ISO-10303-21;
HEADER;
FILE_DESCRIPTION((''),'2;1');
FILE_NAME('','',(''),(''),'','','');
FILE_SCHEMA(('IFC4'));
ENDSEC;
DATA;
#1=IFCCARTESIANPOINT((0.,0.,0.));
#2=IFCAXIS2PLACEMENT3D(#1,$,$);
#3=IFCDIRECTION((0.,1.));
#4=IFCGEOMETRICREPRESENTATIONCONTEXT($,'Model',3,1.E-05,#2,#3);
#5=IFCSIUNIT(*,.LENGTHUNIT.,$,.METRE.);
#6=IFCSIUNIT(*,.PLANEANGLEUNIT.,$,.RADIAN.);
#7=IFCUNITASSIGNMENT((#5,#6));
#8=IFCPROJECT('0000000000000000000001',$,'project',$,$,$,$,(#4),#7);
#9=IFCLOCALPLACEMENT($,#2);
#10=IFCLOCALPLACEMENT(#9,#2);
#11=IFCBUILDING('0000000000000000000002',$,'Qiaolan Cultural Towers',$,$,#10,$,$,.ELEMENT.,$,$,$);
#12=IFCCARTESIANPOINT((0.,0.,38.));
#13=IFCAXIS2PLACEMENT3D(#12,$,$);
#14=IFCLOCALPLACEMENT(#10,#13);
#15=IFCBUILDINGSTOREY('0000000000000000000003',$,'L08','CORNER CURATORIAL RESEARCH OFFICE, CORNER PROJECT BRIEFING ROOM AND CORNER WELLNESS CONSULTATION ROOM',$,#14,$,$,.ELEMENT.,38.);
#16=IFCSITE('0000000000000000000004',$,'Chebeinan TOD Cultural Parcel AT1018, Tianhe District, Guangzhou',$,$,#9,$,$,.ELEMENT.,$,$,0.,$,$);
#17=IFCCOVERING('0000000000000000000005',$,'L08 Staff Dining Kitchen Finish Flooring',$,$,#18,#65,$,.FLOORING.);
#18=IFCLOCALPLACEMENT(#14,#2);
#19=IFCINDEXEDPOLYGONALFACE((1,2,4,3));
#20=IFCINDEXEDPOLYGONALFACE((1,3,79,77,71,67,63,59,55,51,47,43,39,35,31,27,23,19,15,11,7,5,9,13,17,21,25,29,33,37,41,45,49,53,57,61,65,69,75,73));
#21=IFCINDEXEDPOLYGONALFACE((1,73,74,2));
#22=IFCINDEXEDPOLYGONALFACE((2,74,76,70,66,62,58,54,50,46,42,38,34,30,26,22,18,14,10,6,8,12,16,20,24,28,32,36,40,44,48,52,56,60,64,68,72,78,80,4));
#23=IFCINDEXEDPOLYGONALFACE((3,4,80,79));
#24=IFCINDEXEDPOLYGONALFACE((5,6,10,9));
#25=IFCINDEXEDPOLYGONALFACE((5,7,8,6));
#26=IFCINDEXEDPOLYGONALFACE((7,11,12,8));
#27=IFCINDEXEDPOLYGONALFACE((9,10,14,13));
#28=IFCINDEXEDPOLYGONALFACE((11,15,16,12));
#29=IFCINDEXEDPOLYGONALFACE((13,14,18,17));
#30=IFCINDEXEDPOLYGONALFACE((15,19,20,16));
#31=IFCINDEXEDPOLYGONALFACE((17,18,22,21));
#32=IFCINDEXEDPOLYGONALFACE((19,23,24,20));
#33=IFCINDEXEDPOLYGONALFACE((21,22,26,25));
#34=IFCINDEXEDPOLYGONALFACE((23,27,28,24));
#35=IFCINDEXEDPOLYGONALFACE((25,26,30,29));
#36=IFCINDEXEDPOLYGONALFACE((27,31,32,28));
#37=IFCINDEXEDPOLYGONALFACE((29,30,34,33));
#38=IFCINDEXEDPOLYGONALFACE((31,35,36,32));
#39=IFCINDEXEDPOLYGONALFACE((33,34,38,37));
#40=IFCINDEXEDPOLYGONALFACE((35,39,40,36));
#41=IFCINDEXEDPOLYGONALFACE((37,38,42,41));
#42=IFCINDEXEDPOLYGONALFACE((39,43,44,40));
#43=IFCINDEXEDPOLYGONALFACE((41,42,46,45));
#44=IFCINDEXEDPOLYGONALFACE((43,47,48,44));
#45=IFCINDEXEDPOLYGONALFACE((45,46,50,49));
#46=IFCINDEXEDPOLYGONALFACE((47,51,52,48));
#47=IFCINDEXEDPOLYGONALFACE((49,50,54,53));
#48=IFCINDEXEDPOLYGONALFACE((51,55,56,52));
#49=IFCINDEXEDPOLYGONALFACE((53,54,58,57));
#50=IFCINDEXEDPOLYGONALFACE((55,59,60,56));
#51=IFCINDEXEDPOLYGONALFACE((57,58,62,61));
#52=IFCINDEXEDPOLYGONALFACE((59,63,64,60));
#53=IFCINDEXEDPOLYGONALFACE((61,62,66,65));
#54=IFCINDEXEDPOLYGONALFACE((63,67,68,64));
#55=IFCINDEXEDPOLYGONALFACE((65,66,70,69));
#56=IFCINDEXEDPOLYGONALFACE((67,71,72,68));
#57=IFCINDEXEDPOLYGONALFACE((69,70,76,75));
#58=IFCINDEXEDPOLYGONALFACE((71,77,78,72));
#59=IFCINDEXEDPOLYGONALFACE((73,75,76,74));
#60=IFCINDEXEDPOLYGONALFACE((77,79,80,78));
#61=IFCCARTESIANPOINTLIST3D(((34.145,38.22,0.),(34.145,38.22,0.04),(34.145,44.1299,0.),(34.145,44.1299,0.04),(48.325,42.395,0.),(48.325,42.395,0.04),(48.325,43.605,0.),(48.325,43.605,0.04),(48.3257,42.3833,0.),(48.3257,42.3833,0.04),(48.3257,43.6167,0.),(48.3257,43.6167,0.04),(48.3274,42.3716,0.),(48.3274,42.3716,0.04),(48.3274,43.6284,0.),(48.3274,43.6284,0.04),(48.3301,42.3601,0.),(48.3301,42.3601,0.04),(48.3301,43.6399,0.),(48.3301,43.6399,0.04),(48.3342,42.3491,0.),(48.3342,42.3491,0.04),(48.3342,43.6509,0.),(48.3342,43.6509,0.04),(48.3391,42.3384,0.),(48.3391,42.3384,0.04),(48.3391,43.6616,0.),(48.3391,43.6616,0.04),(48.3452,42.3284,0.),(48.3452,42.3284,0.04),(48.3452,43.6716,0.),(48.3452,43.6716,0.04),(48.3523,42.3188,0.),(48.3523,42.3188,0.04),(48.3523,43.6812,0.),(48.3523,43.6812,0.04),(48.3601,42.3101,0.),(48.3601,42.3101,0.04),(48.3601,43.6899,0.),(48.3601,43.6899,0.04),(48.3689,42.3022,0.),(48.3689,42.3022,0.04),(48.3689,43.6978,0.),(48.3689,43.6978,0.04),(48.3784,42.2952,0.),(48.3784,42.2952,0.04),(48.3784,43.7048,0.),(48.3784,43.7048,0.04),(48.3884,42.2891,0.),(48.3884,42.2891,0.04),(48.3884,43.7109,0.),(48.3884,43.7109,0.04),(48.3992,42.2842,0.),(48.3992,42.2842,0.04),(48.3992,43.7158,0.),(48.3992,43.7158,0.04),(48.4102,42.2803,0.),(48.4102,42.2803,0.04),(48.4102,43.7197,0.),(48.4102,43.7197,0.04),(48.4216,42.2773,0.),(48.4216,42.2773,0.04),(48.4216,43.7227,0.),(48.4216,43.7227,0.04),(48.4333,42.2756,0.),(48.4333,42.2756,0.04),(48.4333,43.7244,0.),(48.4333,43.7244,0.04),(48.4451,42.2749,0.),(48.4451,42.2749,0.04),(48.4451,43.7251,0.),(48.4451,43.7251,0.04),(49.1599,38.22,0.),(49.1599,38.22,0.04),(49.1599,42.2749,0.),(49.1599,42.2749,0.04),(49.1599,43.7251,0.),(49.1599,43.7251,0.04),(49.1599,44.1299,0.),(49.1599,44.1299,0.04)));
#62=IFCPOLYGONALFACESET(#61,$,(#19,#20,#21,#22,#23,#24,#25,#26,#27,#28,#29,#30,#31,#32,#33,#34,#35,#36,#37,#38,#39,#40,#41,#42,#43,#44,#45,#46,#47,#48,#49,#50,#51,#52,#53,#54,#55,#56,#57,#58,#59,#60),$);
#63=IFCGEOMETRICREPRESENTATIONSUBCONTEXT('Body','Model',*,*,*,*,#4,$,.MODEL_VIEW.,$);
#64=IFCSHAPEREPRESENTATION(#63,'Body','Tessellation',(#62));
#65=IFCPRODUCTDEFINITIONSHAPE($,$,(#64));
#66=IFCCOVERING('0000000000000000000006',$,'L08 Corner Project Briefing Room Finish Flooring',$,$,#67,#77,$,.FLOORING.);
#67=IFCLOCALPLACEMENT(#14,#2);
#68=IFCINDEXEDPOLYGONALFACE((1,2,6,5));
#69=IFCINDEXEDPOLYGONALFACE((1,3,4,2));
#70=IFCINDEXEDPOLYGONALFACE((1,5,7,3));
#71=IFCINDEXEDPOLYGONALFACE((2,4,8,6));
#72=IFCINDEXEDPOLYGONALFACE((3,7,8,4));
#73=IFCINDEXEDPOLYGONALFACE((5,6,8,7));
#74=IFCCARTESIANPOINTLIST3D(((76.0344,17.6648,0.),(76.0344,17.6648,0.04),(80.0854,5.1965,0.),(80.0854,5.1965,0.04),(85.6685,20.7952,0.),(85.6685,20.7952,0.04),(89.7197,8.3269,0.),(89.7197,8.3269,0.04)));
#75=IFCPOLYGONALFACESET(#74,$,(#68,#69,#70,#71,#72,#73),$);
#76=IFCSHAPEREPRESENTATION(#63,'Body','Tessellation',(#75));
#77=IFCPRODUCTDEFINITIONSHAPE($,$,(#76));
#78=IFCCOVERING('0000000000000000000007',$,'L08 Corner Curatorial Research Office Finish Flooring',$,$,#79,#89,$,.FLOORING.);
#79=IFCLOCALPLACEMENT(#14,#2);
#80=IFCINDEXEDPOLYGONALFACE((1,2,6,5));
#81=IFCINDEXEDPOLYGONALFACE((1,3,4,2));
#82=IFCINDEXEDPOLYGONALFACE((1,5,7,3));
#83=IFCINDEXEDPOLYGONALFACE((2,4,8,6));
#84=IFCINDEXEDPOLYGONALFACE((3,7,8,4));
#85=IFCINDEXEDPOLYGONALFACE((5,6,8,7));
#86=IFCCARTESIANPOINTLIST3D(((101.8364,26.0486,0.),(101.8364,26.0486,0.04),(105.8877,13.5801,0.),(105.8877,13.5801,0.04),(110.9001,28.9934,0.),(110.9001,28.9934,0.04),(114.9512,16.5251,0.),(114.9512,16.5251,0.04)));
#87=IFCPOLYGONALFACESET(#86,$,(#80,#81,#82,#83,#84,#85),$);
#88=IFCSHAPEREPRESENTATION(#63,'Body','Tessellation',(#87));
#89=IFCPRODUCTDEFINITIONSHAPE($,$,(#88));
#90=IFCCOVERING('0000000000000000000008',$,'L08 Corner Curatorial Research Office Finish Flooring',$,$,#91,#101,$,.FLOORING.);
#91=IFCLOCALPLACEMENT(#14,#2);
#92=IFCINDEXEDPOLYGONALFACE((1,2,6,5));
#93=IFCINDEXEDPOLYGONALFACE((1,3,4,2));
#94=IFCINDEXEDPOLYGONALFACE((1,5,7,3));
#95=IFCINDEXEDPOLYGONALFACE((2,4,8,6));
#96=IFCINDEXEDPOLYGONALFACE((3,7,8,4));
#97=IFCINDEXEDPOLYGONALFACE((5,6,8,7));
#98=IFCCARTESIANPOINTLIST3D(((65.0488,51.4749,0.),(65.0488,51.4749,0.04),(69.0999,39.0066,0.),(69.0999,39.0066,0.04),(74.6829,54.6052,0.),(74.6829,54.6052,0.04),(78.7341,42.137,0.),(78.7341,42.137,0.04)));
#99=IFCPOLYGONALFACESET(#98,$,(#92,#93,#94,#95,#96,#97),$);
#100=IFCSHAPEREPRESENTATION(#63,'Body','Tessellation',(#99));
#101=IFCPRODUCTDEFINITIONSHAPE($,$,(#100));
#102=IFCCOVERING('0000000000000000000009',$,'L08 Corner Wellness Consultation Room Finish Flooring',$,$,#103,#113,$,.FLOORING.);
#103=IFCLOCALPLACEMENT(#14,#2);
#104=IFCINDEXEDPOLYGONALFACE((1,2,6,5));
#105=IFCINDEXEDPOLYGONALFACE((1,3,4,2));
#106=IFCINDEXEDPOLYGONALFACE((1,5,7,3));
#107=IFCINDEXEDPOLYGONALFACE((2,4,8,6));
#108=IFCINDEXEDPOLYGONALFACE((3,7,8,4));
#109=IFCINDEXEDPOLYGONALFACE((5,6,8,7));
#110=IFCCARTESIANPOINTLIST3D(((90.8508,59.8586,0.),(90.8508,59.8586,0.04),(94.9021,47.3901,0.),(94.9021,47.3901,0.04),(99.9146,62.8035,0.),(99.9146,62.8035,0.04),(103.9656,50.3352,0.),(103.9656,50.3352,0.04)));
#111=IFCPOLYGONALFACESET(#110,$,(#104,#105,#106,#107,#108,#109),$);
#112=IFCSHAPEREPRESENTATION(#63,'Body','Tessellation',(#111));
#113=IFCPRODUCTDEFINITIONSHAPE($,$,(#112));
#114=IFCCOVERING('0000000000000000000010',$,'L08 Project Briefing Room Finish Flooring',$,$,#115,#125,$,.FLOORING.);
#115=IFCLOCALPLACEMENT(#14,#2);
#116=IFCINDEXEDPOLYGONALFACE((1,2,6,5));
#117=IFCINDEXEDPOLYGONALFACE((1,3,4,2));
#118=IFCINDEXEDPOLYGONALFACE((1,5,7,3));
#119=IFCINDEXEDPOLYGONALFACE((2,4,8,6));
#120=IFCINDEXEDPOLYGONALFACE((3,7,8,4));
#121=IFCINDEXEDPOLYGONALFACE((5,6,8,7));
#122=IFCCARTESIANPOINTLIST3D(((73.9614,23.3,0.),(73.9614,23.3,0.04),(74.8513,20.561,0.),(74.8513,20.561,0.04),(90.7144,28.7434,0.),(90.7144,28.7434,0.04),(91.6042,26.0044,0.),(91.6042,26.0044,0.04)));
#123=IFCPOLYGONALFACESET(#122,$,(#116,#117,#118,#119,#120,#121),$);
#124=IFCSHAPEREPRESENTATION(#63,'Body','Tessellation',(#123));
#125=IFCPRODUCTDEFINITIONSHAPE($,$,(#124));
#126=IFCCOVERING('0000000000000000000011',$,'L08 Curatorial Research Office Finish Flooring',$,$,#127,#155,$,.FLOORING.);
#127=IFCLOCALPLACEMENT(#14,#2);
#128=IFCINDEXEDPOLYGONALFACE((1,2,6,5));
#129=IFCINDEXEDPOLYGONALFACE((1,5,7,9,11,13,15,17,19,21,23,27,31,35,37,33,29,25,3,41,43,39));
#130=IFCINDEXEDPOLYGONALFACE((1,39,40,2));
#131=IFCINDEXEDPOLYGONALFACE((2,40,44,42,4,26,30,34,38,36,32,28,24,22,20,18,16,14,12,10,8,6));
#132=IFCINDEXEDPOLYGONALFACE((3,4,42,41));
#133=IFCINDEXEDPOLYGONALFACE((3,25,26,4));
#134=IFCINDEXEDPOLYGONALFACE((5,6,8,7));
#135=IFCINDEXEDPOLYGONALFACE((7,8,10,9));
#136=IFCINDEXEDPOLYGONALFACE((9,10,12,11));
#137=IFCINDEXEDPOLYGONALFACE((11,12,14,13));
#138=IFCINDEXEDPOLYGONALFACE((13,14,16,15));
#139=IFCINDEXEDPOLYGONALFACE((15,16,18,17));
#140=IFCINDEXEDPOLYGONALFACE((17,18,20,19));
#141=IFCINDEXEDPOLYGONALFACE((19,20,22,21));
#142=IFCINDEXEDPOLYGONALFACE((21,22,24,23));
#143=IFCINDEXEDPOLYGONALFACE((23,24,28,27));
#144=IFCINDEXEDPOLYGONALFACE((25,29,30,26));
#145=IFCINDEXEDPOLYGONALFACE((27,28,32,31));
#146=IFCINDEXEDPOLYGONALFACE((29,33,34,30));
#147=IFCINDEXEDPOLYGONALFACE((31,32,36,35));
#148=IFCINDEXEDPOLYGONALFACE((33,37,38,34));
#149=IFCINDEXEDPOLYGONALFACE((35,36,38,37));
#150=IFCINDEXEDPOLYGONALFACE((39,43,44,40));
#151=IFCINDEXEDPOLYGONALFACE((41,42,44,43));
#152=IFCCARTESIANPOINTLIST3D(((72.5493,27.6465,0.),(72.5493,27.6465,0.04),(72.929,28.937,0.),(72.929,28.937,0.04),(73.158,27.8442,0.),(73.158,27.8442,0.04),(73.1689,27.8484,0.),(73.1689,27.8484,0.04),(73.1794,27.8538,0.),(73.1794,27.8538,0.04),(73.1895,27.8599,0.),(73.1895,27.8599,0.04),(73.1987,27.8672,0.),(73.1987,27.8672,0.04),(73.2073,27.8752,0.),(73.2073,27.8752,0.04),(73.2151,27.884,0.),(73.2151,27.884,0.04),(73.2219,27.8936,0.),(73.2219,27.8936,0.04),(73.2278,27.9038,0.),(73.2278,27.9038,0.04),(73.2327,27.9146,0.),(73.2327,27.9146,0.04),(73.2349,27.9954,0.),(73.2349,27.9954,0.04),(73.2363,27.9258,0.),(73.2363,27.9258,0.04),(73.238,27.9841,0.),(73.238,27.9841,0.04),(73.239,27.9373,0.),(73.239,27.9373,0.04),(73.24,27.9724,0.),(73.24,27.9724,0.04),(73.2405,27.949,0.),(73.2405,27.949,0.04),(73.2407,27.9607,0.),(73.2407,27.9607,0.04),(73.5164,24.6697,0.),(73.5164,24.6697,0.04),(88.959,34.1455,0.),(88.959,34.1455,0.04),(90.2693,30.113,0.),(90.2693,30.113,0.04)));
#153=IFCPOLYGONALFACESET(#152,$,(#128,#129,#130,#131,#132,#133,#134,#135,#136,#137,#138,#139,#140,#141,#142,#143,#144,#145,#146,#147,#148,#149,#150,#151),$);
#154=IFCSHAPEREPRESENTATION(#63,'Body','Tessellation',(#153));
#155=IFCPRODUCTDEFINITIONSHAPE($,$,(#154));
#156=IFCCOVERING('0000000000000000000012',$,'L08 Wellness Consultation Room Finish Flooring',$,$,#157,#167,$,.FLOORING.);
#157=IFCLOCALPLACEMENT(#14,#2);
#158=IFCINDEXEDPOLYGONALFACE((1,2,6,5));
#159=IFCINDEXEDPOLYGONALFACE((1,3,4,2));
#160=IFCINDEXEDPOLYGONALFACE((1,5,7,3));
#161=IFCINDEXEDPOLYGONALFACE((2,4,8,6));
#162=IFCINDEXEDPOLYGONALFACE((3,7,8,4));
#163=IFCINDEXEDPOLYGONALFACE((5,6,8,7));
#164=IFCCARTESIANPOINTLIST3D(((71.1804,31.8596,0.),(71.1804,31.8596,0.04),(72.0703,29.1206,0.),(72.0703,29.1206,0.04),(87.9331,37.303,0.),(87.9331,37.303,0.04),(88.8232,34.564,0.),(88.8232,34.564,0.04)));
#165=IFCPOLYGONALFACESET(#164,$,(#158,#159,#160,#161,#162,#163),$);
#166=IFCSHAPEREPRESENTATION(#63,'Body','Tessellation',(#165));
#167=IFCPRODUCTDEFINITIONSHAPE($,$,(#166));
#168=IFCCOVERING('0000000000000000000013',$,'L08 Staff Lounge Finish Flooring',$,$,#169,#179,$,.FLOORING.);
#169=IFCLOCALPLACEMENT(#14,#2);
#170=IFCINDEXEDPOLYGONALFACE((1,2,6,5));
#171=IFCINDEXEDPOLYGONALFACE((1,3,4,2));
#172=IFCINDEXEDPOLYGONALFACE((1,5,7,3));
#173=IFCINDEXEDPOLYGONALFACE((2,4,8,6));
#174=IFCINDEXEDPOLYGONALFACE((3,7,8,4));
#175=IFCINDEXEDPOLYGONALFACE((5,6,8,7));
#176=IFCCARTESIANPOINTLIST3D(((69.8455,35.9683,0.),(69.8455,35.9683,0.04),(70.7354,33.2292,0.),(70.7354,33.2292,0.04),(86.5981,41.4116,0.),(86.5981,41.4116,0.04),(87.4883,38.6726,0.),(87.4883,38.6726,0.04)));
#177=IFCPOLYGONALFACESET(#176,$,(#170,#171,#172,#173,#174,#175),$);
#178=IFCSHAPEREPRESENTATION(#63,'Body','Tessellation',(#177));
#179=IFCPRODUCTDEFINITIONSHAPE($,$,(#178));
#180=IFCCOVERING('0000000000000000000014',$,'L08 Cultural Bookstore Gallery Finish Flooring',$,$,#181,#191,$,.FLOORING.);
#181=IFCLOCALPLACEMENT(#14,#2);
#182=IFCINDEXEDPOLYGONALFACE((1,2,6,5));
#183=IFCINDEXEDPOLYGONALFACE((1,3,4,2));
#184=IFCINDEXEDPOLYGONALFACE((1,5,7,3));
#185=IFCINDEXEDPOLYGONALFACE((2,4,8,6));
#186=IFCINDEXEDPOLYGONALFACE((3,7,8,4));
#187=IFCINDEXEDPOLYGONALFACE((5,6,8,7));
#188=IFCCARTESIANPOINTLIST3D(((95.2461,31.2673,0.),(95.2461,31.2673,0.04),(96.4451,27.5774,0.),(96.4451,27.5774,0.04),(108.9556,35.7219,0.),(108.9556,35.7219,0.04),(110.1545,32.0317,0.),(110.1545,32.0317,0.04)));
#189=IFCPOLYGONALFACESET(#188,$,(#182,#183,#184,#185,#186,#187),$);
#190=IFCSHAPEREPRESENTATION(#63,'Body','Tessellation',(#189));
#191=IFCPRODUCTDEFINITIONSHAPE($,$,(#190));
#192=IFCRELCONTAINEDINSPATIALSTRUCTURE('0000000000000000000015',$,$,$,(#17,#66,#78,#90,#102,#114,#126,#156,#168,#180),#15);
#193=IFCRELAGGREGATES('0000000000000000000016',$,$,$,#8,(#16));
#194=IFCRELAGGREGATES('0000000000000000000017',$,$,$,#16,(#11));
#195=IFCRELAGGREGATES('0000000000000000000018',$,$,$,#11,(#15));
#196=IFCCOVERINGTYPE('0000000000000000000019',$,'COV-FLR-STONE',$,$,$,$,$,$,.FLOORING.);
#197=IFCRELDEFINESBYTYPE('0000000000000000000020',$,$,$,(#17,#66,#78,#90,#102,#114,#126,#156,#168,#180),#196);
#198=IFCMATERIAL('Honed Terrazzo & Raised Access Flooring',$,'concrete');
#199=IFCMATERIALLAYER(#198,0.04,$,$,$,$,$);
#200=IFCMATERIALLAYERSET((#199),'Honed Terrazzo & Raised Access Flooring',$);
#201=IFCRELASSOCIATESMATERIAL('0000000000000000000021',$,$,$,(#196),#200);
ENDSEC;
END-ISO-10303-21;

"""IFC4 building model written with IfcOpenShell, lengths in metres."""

from ifc_helpers import new_model, si_unit, direction, frame, origin, place, context, subcontext, project, spatial, polyline, outline, extrude, material, layer, layer_set, type_object, element, save


model = new_model("IFC4")

# Units and contexts
model_context = context("Model", 3, precision=1e-05, world=origin(), true_north=direction((0.0, 1.0)))
body_context = subcontext(model_context, "Body", "Model", "MODEL_VIEW")
ifc_project = project(units=[si_unit("LENGTHUNIT", "METRE"), si_unit("PLANEANGLEUNIT", "RADIAN")], contexts=[model_context])

# Site, building, storey
site_placement = place(None, origin())
site = spatial("IfcSite", under=ifc_project, at=site_placement, Name="Chebeinan TOD Cultural Parcel AT1018, Tianhe District, Guangzhou", CompositionType="ELEMENT", RefElevation=0.0)
building_placement = place(site_placement, origin())
building = spatial("IfcBuilding", under=site, at=building_placement, Name="Qiaolan Cultural Towers", CompositionType="ELEMENT")
storey_placement = place(building_placement, frame((0.0, 0.0, 38.0)))
storey = spatial("IfcBuildingStorey", under=building, at=storey_placement, Name="L08", Description="CORNER CURATORIAL RESEARCH OFFICE, CORNER PROJECT BRIEFING ROOM AND CORNER WELLNESS CONSULTATION ROOM", CompositionType="ELEMENT", Elevation=38.0)

# Coverings
ifc_material_1 = material(Name="Honed Terrazzo & Raised Access Flooring", Category="concrete")
ifc_layer_1 = layer(ifc_material_1, 0.04)
ifc_layer_set_1 = layer_set([ifc_layer_1], Name="Honed Terrazzo & Raised Access Flooring")
covering_type = type_object("IfcCoveringType", Name="COV-FLR-STONE", PredefinedType="FLOORING", material=ifc_layer_set_1)
covering_1_placement = place(storey_placement, origin())
element("IfcCovering", 1, at=covering_1_placement, inside=storey, type_object=covering_type, Name="L08 Staff Dining Kitchen Finish Flooring", PredefinedType="FLOORING", context=body_context, shape_type="SweptSolid", body=[
    extrude(outline(polyline([(49.1599, 42.2749), (48.4451, 42.2749), (48.4333, 42.2756), (48.4216, 42.2773), (48.4102, 42.2803), (48.3992, 42.2842), (48.3884, 42.2891), (48.3784, 42.2952), (48.3689, 42.3022), (48.3601, 42.3101), (48.3523, 42.3188), (48.3452, 42.3284), (48.3391, 42.3384), (48.3342, 42.3491), (48.3301, 42.3601), (48.3274, 42.3716), (48.3257, 42.3833), (48.325, 42.395), (48.325, 43.605), (48.3257, 43.6167), (48.3274, 43.6284), (48.3301, 43.6399), (48.3342, 43.6509), (48.3391, 43.6616), (48.3452, 43.6716), (48.3523, 43.6812), (48.3601, 43.6899), (48.3689, 43.6978), (48.3784, 43.7048), (48.3884, 43.7109), (48.3992, 43.7158), (48.4102, 43.7197), (48.4216, 43.7227), (48.4333, 43.7244), (48.4451, 43.7251), (49.1599, 43.7251), (49.1599, 44.1299), (34.145, 44.1299), (34.145, 38.22), (49.1599, 38.22), (49.1599, 42.2749)])), origin(), (0.0, 0.0, 1.0), 0.04),
])
covering_2_placement = place(storey_placement, origin())
element("IfcCovering", 2, at=covering_2_placement, inside=storey, type_object=covering_type, Name="L08 Corner Project Briefing Room Finish Flooring", PredefinedType="FLOORING", context=body_context, shape_type="SweptSolid", body=[
    extrude(outline(polyline([(89.7197, 8.3269), (85.6685, 20.7952), (76.0344, 17.6648), (80.0854, 5.1965), (89.7197, 8.3269)])), origin(), (0.0, 0.0, 1.0), 0.04),
])
covering_3_placement = place(storey_placement, origin())
element("IfcCovering", 3, at=covering_3_placement, inside=storey, type_object=covering_type, Name="L08 Corner Curatorial Research Office Finish Flooring", PredefinedType="FLOORING", context=body_context, shape_type="SweptSolid", body=[
    extrude(outline(polyline([(114.9512, 16.5251), (110.9001, 28.9934), (101.8364, 26.0486), (105.8877, 13.5801), (114.9512, 16.5251)])), origin(), (0.0, 0.0, 1.0), 0.04),
])
covering_4_placement = place(storey_placement, origin())
element("IfcCovering", 4, at=covering_4_placement, inside=storey, type_object=covering_type, Name="L08 Corner Curatorial Research Office Finish Flooring", PredefinedType="FLOORING", context=body_context, shape_type="SweptSolid", body=[
    extrude(outline(polyline([(78.7341, 42.137), (74.6829, 54.6052), (65.0488, 51.4749), (69.0999, 39.0066), (78.7341, 42.137)])), origin(), (0.0, 0.0, 1.0), 0.04),
])
covering_5_placement = place(storey_placement, origin())
element("IfcCovering", 5, at=covering_5_placement, inside=storey, type_object=covering_type, Name="L08 Corner Wellness Consultation Room Finish Flooring", PredefinedType="FLOORING", context=body_context, shape_type="SweptSolid", body=[
    extrude(outline(polyline([(103.9656, 50.3352), (99.9146, 62.8035), (90.8508, 59.8586), (94.9021, 47.3901), (103.9656, 50.3352)])), origin(), (0.0, 0.0, 1.0), 0.04),
])
covering_6_placement = place(storey_placement, origin())
element("IfcCovering", 6, at=covering_6_placement, inside=storey, type_object=covering_type, Name="L08 Project Briefing Room Finish Flooring", PredefinedType="FLOORING", context=body_context, shape_type="SweptSolid", body=[
    extrude(outline(polyline([(91.6042, 26.0044), (90.7144, 28.7434), (73.9614, 23.3), (74.8513, 20.561), (91.6042, 26.0044)])), origin(), (0.0, 0.0, 1.0), 0.04),
])
covering_7_placement = place(storey_placement, origin())
element("IfcCovering", 7, at=covering_7_placement, inside=storey, type_object=covering_type, Name="L08 Curatorial Research Office Finish Flooring", PredefinedType="FLOORING", context=body_context, shape_type="SweptSolid", body=[
    extrude(outline(polyline([(73.2349, 27.9954), (73.238, 27.9841), (73.24, 27.9724), (73.2407, 27.9607), (73.2405, 27.949), (73.239, 27.9373), (73.2363, 27.9258), (73.2327, 27.9146), (73.2278, 27.9038), (73.2219, 27.8936), (73.2151, 27.884), (73.2073, 27.8752), (73.1987, 27.8672), (73.1895, 27.8599), (73.1794, 27.8538), (73.1689, 27.8484), (73.158, 27.8442), (72.5493, 27.6465), (73.5164, 24.6697), (90.2693, 30.113), (88.959, 34.1455), (72.929, 28.937), (73.2349, 27.9954)])), origin(), (0.0, 0.0, 1.0), 0.04),
])
covering_8_placement = place(storey_placement, origin())
element("IfcCovering", 8, at=covering_8_placement, inside=storey, type_object=covering_type, Name="L08 Wellness Consultation Room Finish Flooring", PredefinedType="FLOORING", context=body_context, shape_type="SweptSolid", body=[
    extrude(outline(polyline([(88.8232, 34.564), (87.9331, 37.303), (71.1804, 31.8596), (72.0703, 29.1206), (88.8232, 34.564)])), origin(), (0.0, 0.0, 1.0), 0.04),
])
covering_9_placement = place(storey_placement, origin())
element("IfcCovering", 9, at=covering_9_placement, inside=storey, type_object=covering_type, Name="L08 Staff Lounge Finish Flooring", PredefinedType="FLOORING", context=body_context, shape_type="SweptSolid", body=[
    extrude(outline(polyline([(87.4883, 38.6726), (86.5981, 41.4116), (69.8455, 35.9683), (70.7354, 33.2292), (87.4883, 38.6726)])), origin(), (0.0, 0.0, 1.0), 0.04),
])
covering_10_placement = place(storey_placement, origin())
element("IfcCovering", 10, at=covering_10_placement, inside=storey, type_object=covering_type, Name="L08 Cultural Bookstore Gallery Finish Flooring", PredefinedType="FLOORING", context=body_context, shape_type="SweptSolid", body=[
    extrude(outline(polyline([(110.1545, 32.0317), (108.9556, 35.7219), (95.2461, 31.2673), (96.4451, 27.5774), (110.1545, 32.0317)])), origin(), (0.0, 0.0, 1.0), 0.04),
])

save(model, "model.ifc")
